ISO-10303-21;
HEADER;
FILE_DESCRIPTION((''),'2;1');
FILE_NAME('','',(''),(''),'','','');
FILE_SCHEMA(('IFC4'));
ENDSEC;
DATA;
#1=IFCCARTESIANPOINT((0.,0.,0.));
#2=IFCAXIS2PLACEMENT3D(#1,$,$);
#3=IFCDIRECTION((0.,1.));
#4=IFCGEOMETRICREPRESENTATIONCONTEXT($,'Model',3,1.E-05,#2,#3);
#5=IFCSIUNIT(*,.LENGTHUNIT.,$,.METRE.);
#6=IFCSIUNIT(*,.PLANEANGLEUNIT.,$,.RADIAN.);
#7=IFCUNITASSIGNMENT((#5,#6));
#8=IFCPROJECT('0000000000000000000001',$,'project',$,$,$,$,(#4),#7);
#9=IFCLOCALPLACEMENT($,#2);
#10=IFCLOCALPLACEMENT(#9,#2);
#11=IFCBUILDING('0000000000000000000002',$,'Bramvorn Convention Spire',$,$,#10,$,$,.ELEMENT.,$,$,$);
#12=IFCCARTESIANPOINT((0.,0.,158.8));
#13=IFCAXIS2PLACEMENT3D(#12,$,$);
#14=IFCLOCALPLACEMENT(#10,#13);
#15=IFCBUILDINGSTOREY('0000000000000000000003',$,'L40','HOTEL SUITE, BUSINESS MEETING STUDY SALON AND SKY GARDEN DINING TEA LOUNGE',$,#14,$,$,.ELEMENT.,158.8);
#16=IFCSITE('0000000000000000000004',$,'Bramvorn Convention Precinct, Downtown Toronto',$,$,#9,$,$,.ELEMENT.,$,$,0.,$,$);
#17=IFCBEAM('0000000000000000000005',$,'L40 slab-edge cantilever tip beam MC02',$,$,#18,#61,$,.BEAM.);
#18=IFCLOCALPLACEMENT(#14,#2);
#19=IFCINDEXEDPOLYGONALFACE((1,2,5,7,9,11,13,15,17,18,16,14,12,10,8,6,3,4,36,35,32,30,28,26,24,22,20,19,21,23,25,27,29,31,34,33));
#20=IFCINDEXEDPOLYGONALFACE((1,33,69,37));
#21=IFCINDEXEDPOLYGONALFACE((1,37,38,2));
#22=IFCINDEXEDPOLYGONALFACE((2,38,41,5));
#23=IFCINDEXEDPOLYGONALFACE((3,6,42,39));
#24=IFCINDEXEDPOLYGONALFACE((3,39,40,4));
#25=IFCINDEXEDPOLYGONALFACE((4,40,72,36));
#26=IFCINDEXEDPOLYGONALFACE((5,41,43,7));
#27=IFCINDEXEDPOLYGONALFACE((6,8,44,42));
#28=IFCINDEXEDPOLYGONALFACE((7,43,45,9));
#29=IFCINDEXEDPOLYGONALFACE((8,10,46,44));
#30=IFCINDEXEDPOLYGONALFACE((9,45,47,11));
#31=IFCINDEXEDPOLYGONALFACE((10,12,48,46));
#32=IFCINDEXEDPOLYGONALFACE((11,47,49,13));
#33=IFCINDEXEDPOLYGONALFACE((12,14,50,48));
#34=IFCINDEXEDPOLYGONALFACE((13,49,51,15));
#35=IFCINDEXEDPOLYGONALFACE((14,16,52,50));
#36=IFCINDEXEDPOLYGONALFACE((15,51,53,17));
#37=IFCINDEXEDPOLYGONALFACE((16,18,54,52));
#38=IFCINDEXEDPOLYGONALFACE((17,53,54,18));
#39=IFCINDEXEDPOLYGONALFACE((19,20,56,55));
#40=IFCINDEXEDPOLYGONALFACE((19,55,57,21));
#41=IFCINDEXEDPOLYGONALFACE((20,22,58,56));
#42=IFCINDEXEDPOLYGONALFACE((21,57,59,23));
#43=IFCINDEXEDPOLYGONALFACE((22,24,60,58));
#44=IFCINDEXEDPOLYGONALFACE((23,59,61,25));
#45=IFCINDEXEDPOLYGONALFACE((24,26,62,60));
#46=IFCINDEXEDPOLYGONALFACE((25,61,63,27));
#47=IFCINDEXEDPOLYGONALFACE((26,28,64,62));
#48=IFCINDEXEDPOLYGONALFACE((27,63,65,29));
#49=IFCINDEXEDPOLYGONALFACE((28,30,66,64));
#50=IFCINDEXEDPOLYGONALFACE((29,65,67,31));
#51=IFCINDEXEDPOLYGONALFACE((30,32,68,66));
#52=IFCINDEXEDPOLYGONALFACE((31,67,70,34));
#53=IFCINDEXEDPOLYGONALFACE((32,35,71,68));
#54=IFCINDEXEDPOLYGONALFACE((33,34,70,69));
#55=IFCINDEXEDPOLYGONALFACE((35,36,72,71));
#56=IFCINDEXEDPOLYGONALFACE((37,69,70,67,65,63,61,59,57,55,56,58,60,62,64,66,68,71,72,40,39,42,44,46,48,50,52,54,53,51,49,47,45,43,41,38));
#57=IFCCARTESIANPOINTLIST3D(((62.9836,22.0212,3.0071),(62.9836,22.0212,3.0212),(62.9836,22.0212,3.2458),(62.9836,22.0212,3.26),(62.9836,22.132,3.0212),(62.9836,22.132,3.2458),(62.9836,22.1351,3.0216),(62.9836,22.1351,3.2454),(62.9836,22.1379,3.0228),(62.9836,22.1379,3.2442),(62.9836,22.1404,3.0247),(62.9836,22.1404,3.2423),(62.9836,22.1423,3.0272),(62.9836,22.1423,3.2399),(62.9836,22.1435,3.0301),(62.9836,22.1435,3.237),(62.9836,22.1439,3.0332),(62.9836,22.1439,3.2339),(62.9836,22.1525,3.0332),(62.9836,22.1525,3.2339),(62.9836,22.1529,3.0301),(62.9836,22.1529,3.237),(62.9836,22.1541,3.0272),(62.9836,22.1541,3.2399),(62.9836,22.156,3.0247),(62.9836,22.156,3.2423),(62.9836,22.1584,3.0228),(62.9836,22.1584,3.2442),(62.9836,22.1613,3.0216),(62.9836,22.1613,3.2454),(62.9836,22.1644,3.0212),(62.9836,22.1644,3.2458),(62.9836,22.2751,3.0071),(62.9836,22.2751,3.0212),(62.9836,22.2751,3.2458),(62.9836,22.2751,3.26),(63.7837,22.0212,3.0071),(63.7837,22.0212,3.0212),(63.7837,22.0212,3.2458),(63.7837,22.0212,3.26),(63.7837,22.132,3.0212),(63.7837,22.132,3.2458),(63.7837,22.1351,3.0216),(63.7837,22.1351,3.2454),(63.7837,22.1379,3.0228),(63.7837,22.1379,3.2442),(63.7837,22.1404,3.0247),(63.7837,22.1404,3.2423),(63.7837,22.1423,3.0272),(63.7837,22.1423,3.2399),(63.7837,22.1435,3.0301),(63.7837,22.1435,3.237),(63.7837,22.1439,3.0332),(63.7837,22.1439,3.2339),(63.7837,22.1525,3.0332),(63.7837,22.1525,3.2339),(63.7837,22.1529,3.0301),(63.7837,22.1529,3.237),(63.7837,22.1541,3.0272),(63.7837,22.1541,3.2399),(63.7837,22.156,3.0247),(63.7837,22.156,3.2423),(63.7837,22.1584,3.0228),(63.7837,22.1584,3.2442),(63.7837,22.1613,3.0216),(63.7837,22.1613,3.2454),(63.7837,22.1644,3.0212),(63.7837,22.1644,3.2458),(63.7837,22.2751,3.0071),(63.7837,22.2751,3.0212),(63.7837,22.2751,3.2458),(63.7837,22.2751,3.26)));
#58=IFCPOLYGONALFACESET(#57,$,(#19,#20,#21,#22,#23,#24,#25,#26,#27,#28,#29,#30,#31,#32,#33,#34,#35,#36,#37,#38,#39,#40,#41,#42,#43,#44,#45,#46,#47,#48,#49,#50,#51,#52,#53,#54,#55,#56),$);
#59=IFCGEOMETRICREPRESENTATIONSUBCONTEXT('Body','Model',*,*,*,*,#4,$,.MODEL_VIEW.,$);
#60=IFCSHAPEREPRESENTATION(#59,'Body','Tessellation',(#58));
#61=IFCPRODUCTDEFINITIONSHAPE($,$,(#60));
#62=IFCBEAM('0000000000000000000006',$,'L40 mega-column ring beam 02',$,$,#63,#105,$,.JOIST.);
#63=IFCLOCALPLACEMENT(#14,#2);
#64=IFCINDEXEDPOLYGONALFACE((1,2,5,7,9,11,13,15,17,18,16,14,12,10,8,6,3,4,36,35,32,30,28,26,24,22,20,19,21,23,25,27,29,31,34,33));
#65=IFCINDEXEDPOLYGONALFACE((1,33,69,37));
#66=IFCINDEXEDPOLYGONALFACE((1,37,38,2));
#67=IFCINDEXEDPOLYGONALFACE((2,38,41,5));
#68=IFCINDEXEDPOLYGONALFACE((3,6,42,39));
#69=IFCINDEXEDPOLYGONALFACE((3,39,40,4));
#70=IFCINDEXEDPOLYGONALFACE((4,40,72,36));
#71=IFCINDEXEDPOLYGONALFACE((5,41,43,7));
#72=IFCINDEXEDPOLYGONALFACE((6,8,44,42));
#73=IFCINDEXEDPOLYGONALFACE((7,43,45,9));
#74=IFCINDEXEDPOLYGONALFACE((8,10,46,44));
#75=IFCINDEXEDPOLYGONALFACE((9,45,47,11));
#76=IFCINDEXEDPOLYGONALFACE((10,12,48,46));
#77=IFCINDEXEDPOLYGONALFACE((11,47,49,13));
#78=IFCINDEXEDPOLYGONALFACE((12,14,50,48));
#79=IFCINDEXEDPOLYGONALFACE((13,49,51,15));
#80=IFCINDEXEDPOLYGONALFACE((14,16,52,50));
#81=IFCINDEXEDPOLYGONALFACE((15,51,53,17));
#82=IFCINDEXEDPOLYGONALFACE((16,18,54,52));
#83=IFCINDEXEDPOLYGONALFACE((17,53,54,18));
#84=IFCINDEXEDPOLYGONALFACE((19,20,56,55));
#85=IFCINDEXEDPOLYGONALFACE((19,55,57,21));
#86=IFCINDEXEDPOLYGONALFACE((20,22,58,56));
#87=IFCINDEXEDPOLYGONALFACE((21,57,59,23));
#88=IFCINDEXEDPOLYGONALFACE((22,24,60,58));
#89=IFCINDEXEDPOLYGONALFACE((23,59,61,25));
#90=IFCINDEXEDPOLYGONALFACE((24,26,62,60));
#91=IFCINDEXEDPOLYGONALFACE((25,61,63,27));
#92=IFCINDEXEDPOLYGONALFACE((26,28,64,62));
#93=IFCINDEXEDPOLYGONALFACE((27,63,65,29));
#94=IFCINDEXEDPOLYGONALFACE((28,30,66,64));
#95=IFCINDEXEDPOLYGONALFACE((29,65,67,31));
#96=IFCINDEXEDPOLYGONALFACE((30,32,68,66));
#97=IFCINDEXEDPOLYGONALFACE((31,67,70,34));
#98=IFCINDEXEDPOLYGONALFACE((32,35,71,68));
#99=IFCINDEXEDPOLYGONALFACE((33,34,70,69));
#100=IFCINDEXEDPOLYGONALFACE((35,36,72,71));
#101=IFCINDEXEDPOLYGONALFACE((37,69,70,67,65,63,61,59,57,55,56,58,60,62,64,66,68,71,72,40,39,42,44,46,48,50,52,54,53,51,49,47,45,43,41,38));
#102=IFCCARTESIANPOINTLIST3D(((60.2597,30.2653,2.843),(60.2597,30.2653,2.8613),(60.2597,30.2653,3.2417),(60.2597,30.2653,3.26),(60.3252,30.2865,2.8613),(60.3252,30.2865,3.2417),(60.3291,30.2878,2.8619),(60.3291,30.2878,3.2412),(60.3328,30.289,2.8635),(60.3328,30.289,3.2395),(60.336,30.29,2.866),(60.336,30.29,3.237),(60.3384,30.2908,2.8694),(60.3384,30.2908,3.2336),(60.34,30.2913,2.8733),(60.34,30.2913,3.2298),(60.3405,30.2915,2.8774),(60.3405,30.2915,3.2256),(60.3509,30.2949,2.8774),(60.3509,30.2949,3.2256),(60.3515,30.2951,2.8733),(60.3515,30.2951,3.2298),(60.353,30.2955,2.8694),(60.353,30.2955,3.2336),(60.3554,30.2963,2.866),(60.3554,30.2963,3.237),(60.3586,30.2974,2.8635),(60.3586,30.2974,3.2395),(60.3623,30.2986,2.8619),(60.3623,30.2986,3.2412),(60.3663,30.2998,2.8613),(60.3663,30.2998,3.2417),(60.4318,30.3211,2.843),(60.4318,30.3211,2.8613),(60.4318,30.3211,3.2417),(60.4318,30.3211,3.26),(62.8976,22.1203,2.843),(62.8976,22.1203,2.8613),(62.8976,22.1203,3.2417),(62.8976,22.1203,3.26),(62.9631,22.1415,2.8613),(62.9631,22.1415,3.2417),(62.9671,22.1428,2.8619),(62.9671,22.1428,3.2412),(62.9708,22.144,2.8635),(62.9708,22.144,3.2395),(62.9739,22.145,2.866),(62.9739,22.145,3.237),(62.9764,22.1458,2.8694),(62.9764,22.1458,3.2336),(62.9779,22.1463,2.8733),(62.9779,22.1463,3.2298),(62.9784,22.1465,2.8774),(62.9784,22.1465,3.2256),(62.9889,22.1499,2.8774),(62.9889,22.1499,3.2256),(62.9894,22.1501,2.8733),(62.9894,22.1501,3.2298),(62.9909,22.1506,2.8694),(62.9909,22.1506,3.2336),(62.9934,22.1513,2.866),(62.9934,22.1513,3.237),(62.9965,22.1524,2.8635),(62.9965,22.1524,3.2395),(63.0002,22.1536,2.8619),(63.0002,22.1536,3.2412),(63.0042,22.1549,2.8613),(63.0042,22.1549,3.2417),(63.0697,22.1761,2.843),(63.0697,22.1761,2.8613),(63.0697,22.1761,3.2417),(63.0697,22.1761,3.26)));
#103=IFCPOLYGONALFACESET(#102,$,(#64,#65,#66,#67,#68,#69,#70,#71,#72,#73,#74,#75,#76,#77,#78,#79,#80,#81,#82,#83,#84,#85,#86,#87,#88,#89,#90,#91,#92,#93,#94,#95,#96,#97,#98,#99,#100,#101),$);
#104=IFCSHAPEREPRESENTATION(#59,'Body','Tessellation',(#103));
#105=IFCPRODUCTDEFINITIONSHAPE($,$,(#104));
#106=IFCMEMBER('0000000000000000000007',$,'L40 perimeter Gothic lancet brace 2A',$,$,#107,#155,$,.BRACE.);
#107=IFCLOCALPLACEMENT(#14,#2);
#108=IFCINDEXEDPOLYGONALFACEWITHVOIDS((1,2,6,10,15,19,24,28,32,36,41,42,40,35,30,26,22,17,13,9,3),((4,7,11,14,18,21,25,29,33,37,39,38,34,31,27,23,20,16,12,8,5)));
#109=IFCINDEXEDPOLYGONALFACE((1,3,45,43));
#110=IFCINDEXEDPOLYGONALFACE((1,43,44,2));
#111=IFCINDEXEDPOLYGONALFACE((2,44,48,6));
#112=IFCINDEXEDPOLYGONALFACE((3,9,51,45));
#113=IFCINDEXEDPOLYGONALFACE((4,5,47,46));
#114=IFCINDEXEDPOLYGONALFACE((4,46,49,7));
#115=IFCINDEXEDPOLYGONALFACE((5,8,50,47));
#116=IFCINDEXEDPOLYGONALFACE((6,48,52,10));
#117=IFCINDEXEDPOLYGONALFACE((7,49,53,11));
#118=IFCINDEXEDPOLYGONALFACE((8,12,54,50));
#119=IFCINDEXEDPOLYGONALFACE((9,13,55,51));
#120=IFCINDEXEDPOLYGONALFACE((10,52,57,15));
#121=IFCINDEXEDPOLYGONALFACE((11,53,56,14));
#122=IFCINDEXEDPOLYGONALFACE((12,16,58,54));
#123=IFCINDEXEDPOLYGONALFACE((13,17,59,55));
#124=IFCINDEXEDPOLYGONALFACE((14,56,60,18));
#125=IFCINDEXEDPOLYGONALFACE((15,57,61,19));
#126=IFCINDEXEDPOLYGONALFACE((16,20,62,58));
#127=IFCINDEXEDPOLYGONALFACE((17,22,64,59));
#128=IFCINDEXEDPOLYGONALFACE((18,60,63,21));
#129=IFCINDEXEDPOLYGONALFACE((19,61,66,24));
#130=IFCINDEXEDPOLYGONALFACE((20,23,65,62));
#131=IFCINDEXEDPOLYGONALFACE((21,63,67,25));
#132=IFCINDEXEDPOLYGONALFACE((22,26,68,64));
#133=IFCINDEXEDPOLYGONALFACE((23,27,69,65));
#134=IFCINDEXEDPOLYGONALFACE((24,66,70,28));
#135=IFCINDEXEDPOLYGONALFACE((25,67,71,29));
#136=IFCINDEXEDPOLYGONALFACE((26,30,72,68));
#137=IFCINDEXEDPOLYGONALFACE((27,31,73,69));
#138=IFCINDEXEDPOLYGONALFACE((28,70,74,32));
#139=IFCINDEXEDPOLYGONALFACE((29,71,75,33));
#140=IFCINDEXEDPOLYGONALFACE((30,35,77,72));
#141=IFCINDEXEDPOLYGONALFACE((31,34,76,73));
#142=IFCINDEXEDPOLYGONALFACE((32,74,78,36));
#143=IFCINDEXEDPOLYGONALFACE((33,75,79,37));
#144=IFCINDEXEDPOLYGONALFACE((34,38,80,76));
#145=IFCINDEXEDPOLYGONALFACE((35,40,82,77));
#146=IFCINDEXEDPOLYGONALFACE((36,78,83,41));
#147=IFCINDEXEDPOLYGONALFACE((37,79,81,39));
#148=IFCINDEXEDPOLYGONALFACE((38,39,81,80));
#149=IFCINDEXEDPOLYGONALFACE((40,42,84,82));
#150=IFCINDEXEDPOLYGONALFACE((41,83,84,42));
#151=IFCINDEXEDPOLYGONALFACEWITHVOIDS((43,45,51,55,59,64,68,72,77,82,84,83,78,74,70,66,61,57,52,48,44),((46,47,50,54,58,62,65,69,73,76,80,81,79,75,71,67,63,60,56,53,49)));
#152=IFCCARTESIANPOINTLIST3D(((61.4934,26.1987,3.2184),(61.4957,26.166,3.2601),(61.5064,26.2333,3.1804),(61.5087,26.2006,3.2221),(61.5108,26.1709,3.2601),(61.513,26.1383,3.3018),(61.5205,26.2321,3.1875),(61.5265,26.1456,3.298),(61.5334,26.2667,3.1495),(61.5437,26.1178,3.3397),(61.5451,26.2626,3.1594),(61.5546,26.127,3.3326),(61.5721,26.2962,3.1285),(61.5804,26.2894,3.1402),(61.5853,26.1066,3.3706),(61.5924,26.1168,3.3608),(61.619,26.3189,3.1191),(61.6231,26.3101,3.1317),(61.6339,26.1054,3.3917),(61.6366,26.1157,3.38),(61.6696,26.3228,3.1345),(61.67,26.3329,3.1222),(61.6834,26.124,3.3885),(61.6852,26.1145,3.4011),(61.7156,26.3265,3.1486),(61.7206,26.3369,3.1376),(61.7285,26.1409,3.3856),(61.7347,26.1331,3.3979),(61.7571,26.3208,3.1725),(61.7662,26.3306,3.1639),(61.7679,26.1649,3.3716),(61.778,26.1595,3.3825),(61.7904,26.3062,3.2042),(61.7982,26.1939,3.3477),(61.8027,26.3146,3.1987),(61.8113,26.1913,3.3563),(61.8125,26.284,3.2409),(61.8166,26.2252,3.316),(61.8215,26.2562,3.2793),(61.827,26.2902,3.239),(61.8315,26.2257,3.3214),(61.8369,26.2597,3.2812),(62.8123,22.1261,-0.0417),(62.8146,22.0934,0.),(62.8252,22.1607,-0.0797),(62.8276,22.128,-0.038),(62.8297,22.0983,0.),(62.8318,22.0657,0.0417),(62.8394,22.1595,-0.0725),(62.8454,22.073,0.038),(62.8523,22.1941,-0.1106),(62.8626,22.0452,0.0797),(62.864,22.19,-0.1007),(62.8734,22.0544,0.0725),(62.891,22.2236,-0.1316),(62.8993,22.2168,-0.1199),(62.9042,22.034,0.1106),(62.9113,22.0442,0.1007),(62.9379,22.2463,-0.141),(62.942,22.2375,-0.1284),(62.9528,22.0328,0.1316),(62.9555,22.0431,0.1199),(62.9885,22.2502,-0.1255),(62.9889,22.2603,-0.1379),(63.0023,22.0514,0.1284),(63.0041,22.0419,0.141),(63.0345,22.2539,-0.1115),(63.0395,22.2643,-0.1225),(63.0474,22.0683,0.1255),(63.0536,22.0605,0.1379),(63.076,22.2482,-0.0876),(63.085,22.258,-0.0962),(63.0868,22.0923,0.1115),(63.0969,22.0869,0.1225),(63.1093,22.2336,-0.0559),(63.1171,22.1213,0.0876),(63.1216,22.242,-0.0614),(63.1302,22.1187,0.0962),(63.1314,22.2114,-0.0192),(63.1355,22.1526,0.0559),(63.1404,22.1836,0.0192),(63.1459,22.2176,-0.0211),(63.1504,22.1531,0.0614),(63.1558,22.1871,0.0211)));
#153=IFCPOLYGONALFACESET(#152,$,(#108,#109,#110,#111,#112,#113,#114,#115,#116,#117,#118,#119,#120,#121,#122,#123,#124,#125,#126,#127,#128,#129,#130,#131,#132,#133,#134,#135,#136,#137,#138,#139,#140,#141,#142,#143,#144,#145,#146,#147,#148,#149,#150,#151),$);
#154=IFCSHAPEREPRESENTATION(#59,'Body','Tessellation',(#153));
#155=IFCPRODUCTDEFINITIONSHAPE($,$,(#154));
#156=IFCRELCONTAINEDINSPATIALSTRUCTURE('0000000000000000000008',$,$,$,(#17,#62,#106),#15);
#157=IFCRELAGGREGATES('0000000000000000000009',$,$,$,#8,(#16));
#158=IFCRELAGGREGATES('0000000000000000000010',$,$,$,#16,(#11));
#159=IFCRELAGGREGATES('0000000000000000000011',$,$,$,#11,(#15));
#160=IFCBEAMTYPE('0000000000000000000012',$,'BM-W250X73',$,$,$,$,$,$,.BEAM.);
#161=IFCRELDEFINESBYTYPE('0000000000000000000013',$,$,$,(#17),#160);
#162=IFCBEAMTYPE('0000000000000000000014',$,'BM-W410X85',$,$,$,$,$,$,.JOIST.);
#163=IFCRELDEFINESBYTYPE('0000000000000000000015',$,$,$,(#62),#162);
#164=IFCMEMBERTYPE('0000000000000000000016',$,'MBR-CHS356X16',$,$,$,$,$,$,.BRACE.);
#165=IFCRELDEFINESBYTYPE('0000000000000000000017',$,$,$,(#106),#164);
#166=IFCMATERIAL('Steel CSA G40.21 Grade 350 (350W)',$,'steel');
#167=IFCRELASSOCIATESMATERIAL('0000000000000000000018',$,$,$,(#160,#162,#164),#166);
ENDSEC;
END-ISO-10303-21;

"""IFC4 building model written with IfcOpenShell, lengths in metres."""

from ifc_helpers import new_model, si_unit, direction, frame, origin, origin_2d, place, context, subcontext, project, spatial, hollow_circle, i_section, extrude, material, material_profile, profile_set, type_object, element, save


model = new_model("IFC4")

# Units and contexts
model_context = context("Model", 3, precision=1e-05, world=origin(), true_north=direction((0.0, 1.0)))
body_context = subcontext(model_context, "Body", "Model", "MODEL_VIEW")
ifc_project = project(units=[si_unit("LENGTHUNIT", "METRE"), si_unit("PLANEANGLEUNIT", "RADIAN")], contexts=[model_context])

# Site, building, storey
site_placement = place(None, origin())
site = spatial("IfcSite", under=ifc_project, at=site_placement, Name="Bramvorn Convention Precinct, Downtown Toronto", CompositionType="ELEMENT", RefElevation=0.0)
building_placement = place(site_placement, origin())
building = spatial("IfcBuilding", under=site, at=building_placement, Name="Bramvorn Convention Spire", CompositionType="ELEMENT")
storey_placement = place(building_placement, frame((0.0, 0.0, 158.8)))
storey = spatial("IfcBuildingStorey", under=building, at=storey_placement, Name="L40", Description="HOTEL SUITE, BUSINESS MEETING STUDY SALON AND SKY GARDEN DINING TEA LOUNGE", CompositionType="ELEMENT", Elevation=158.8)

# Beams
ifc_material_1 = material(Name="Steel CSA G40.21 Grade 350 (350W)", Category="steel")
ifc_material_profile_1 = material_profile(ifc_material_1, i_section(OverallWidth=0.2539, OverallDepth=0.2529, WebThickness=0.0085, FlangeThickness=0.0142, FilletRadius=0.012, at=origin_2d()))
ifc_profile_set_1 = profile_set([ifc_material_profile_1], Name="Steel CSA G40.21 Grade 350 (350W) - W250X73")
beam_type_1 = type_object("IfcBeamType", Name="BM-W250X73", PredefinedType="BEAM", material=ifc_profile_set_1)
beam_1_placement = place(storey_placement, frame((62.9836, 22.1482, 3.1335), z_axis=(1.0, 0.0, 0.0), x_axis=(0.0, 1.0, 0.0)))
element("IfcBeam", 1, at=beam_1_placement, inside=storey, type_object=beam_type_1, Name="L40 slab-edge cantilever tip beam MC02", PredefinedType="BEAM", context=body_context, shape_type="SweptSolid", body=[
    extrude(i_section(OverallWidth=0.2539, OverallDepth=0.2529, WebThickness=0.0085, FlangeThickness=0.0142, FilletRadius=0.012, at=origin_2d()), origin(), (0.0, 0.0, 1.0), 0.8),
])
ifc_material_profile_2 = material_profile(ifc_material_1, i_section(OverallWidth=0.1809, OverallDepth=0.417, WebThickness=0.011, FlangeThickness=0.0183, FilletRadius=0.0161, at=origin_2d()))
ifc_profile_set_2 = profile_set([ifc_material_profile_2], Name="Steel CSA G40.21 Grade 350 (350W) - W410X85")
beam_type_2 = type_object("IfcBeamType", Name="BM-W410X85", PredefinedType="JOIST", material=ifc_profile_set_2)
beam_2_placement = place(storey_placement, frame((62.9836, 22.1482, 3.0515), z_axis=(-0.308115, 0.951349, 0.0), x_axis=(-0.951349, -0.308115, 0.0)))
element("IfcBeam", 2, at=beam_2_placement, inside=storey, type_object=beam_type_2, Name="L40 mega-column ring beam 02", PredefinedType="JOIST", context=body_context, shape_type="SweptSolid", body=[
    extrude(i_section(OverallWidth=0.1809, OverallDepth=0.417, WebThickness=0.011, FlangeThickness=0.0183, FilletRadius=0.0161, at=origin_2d()), origin(), (0.0, 0.0, 1.0), 8.5615),
])

# Member
ifc_material_profile_3 = material_profile(ifc_material_1, hollow_circle(Radius=0.1777, WallThickness=0.0159, at=origin_2d()))
ifc_profile_set_3 = profile_set([ifc_material_profile_3], Name="Steel CSA G40.21 Grade 350 (350W) - CHS356X16")
member_type_1 = type_object("IfcMemberType", Name="MBR-CHS356X16", PredefinedType="BRACE", material=ifc_profile_set_3)
member_1_placement = place(storey_placement, frame((62.9836, 22.1482, 0.0), z_axis=(-0.245105, 0.756868, 0.605866), x_axis=(-0.951358, -0.308089, 0.0)))
element("IfcMember", 3, at=member_1_placement, inside=storey, type_object=member_type_1, Name="L40 perimeter Gothic lancet brace 2A", PredefinedType="BRACE", context=body_context, shape_type="SweptSolid", body=[
    extrude(hollow_circle(Radius=0.1777, WallThickness=0.0159, at=origin_2d()), origin(), (0.0, 0.0, 1.0), 5.3809),
])

save(model, "model.ifc")
